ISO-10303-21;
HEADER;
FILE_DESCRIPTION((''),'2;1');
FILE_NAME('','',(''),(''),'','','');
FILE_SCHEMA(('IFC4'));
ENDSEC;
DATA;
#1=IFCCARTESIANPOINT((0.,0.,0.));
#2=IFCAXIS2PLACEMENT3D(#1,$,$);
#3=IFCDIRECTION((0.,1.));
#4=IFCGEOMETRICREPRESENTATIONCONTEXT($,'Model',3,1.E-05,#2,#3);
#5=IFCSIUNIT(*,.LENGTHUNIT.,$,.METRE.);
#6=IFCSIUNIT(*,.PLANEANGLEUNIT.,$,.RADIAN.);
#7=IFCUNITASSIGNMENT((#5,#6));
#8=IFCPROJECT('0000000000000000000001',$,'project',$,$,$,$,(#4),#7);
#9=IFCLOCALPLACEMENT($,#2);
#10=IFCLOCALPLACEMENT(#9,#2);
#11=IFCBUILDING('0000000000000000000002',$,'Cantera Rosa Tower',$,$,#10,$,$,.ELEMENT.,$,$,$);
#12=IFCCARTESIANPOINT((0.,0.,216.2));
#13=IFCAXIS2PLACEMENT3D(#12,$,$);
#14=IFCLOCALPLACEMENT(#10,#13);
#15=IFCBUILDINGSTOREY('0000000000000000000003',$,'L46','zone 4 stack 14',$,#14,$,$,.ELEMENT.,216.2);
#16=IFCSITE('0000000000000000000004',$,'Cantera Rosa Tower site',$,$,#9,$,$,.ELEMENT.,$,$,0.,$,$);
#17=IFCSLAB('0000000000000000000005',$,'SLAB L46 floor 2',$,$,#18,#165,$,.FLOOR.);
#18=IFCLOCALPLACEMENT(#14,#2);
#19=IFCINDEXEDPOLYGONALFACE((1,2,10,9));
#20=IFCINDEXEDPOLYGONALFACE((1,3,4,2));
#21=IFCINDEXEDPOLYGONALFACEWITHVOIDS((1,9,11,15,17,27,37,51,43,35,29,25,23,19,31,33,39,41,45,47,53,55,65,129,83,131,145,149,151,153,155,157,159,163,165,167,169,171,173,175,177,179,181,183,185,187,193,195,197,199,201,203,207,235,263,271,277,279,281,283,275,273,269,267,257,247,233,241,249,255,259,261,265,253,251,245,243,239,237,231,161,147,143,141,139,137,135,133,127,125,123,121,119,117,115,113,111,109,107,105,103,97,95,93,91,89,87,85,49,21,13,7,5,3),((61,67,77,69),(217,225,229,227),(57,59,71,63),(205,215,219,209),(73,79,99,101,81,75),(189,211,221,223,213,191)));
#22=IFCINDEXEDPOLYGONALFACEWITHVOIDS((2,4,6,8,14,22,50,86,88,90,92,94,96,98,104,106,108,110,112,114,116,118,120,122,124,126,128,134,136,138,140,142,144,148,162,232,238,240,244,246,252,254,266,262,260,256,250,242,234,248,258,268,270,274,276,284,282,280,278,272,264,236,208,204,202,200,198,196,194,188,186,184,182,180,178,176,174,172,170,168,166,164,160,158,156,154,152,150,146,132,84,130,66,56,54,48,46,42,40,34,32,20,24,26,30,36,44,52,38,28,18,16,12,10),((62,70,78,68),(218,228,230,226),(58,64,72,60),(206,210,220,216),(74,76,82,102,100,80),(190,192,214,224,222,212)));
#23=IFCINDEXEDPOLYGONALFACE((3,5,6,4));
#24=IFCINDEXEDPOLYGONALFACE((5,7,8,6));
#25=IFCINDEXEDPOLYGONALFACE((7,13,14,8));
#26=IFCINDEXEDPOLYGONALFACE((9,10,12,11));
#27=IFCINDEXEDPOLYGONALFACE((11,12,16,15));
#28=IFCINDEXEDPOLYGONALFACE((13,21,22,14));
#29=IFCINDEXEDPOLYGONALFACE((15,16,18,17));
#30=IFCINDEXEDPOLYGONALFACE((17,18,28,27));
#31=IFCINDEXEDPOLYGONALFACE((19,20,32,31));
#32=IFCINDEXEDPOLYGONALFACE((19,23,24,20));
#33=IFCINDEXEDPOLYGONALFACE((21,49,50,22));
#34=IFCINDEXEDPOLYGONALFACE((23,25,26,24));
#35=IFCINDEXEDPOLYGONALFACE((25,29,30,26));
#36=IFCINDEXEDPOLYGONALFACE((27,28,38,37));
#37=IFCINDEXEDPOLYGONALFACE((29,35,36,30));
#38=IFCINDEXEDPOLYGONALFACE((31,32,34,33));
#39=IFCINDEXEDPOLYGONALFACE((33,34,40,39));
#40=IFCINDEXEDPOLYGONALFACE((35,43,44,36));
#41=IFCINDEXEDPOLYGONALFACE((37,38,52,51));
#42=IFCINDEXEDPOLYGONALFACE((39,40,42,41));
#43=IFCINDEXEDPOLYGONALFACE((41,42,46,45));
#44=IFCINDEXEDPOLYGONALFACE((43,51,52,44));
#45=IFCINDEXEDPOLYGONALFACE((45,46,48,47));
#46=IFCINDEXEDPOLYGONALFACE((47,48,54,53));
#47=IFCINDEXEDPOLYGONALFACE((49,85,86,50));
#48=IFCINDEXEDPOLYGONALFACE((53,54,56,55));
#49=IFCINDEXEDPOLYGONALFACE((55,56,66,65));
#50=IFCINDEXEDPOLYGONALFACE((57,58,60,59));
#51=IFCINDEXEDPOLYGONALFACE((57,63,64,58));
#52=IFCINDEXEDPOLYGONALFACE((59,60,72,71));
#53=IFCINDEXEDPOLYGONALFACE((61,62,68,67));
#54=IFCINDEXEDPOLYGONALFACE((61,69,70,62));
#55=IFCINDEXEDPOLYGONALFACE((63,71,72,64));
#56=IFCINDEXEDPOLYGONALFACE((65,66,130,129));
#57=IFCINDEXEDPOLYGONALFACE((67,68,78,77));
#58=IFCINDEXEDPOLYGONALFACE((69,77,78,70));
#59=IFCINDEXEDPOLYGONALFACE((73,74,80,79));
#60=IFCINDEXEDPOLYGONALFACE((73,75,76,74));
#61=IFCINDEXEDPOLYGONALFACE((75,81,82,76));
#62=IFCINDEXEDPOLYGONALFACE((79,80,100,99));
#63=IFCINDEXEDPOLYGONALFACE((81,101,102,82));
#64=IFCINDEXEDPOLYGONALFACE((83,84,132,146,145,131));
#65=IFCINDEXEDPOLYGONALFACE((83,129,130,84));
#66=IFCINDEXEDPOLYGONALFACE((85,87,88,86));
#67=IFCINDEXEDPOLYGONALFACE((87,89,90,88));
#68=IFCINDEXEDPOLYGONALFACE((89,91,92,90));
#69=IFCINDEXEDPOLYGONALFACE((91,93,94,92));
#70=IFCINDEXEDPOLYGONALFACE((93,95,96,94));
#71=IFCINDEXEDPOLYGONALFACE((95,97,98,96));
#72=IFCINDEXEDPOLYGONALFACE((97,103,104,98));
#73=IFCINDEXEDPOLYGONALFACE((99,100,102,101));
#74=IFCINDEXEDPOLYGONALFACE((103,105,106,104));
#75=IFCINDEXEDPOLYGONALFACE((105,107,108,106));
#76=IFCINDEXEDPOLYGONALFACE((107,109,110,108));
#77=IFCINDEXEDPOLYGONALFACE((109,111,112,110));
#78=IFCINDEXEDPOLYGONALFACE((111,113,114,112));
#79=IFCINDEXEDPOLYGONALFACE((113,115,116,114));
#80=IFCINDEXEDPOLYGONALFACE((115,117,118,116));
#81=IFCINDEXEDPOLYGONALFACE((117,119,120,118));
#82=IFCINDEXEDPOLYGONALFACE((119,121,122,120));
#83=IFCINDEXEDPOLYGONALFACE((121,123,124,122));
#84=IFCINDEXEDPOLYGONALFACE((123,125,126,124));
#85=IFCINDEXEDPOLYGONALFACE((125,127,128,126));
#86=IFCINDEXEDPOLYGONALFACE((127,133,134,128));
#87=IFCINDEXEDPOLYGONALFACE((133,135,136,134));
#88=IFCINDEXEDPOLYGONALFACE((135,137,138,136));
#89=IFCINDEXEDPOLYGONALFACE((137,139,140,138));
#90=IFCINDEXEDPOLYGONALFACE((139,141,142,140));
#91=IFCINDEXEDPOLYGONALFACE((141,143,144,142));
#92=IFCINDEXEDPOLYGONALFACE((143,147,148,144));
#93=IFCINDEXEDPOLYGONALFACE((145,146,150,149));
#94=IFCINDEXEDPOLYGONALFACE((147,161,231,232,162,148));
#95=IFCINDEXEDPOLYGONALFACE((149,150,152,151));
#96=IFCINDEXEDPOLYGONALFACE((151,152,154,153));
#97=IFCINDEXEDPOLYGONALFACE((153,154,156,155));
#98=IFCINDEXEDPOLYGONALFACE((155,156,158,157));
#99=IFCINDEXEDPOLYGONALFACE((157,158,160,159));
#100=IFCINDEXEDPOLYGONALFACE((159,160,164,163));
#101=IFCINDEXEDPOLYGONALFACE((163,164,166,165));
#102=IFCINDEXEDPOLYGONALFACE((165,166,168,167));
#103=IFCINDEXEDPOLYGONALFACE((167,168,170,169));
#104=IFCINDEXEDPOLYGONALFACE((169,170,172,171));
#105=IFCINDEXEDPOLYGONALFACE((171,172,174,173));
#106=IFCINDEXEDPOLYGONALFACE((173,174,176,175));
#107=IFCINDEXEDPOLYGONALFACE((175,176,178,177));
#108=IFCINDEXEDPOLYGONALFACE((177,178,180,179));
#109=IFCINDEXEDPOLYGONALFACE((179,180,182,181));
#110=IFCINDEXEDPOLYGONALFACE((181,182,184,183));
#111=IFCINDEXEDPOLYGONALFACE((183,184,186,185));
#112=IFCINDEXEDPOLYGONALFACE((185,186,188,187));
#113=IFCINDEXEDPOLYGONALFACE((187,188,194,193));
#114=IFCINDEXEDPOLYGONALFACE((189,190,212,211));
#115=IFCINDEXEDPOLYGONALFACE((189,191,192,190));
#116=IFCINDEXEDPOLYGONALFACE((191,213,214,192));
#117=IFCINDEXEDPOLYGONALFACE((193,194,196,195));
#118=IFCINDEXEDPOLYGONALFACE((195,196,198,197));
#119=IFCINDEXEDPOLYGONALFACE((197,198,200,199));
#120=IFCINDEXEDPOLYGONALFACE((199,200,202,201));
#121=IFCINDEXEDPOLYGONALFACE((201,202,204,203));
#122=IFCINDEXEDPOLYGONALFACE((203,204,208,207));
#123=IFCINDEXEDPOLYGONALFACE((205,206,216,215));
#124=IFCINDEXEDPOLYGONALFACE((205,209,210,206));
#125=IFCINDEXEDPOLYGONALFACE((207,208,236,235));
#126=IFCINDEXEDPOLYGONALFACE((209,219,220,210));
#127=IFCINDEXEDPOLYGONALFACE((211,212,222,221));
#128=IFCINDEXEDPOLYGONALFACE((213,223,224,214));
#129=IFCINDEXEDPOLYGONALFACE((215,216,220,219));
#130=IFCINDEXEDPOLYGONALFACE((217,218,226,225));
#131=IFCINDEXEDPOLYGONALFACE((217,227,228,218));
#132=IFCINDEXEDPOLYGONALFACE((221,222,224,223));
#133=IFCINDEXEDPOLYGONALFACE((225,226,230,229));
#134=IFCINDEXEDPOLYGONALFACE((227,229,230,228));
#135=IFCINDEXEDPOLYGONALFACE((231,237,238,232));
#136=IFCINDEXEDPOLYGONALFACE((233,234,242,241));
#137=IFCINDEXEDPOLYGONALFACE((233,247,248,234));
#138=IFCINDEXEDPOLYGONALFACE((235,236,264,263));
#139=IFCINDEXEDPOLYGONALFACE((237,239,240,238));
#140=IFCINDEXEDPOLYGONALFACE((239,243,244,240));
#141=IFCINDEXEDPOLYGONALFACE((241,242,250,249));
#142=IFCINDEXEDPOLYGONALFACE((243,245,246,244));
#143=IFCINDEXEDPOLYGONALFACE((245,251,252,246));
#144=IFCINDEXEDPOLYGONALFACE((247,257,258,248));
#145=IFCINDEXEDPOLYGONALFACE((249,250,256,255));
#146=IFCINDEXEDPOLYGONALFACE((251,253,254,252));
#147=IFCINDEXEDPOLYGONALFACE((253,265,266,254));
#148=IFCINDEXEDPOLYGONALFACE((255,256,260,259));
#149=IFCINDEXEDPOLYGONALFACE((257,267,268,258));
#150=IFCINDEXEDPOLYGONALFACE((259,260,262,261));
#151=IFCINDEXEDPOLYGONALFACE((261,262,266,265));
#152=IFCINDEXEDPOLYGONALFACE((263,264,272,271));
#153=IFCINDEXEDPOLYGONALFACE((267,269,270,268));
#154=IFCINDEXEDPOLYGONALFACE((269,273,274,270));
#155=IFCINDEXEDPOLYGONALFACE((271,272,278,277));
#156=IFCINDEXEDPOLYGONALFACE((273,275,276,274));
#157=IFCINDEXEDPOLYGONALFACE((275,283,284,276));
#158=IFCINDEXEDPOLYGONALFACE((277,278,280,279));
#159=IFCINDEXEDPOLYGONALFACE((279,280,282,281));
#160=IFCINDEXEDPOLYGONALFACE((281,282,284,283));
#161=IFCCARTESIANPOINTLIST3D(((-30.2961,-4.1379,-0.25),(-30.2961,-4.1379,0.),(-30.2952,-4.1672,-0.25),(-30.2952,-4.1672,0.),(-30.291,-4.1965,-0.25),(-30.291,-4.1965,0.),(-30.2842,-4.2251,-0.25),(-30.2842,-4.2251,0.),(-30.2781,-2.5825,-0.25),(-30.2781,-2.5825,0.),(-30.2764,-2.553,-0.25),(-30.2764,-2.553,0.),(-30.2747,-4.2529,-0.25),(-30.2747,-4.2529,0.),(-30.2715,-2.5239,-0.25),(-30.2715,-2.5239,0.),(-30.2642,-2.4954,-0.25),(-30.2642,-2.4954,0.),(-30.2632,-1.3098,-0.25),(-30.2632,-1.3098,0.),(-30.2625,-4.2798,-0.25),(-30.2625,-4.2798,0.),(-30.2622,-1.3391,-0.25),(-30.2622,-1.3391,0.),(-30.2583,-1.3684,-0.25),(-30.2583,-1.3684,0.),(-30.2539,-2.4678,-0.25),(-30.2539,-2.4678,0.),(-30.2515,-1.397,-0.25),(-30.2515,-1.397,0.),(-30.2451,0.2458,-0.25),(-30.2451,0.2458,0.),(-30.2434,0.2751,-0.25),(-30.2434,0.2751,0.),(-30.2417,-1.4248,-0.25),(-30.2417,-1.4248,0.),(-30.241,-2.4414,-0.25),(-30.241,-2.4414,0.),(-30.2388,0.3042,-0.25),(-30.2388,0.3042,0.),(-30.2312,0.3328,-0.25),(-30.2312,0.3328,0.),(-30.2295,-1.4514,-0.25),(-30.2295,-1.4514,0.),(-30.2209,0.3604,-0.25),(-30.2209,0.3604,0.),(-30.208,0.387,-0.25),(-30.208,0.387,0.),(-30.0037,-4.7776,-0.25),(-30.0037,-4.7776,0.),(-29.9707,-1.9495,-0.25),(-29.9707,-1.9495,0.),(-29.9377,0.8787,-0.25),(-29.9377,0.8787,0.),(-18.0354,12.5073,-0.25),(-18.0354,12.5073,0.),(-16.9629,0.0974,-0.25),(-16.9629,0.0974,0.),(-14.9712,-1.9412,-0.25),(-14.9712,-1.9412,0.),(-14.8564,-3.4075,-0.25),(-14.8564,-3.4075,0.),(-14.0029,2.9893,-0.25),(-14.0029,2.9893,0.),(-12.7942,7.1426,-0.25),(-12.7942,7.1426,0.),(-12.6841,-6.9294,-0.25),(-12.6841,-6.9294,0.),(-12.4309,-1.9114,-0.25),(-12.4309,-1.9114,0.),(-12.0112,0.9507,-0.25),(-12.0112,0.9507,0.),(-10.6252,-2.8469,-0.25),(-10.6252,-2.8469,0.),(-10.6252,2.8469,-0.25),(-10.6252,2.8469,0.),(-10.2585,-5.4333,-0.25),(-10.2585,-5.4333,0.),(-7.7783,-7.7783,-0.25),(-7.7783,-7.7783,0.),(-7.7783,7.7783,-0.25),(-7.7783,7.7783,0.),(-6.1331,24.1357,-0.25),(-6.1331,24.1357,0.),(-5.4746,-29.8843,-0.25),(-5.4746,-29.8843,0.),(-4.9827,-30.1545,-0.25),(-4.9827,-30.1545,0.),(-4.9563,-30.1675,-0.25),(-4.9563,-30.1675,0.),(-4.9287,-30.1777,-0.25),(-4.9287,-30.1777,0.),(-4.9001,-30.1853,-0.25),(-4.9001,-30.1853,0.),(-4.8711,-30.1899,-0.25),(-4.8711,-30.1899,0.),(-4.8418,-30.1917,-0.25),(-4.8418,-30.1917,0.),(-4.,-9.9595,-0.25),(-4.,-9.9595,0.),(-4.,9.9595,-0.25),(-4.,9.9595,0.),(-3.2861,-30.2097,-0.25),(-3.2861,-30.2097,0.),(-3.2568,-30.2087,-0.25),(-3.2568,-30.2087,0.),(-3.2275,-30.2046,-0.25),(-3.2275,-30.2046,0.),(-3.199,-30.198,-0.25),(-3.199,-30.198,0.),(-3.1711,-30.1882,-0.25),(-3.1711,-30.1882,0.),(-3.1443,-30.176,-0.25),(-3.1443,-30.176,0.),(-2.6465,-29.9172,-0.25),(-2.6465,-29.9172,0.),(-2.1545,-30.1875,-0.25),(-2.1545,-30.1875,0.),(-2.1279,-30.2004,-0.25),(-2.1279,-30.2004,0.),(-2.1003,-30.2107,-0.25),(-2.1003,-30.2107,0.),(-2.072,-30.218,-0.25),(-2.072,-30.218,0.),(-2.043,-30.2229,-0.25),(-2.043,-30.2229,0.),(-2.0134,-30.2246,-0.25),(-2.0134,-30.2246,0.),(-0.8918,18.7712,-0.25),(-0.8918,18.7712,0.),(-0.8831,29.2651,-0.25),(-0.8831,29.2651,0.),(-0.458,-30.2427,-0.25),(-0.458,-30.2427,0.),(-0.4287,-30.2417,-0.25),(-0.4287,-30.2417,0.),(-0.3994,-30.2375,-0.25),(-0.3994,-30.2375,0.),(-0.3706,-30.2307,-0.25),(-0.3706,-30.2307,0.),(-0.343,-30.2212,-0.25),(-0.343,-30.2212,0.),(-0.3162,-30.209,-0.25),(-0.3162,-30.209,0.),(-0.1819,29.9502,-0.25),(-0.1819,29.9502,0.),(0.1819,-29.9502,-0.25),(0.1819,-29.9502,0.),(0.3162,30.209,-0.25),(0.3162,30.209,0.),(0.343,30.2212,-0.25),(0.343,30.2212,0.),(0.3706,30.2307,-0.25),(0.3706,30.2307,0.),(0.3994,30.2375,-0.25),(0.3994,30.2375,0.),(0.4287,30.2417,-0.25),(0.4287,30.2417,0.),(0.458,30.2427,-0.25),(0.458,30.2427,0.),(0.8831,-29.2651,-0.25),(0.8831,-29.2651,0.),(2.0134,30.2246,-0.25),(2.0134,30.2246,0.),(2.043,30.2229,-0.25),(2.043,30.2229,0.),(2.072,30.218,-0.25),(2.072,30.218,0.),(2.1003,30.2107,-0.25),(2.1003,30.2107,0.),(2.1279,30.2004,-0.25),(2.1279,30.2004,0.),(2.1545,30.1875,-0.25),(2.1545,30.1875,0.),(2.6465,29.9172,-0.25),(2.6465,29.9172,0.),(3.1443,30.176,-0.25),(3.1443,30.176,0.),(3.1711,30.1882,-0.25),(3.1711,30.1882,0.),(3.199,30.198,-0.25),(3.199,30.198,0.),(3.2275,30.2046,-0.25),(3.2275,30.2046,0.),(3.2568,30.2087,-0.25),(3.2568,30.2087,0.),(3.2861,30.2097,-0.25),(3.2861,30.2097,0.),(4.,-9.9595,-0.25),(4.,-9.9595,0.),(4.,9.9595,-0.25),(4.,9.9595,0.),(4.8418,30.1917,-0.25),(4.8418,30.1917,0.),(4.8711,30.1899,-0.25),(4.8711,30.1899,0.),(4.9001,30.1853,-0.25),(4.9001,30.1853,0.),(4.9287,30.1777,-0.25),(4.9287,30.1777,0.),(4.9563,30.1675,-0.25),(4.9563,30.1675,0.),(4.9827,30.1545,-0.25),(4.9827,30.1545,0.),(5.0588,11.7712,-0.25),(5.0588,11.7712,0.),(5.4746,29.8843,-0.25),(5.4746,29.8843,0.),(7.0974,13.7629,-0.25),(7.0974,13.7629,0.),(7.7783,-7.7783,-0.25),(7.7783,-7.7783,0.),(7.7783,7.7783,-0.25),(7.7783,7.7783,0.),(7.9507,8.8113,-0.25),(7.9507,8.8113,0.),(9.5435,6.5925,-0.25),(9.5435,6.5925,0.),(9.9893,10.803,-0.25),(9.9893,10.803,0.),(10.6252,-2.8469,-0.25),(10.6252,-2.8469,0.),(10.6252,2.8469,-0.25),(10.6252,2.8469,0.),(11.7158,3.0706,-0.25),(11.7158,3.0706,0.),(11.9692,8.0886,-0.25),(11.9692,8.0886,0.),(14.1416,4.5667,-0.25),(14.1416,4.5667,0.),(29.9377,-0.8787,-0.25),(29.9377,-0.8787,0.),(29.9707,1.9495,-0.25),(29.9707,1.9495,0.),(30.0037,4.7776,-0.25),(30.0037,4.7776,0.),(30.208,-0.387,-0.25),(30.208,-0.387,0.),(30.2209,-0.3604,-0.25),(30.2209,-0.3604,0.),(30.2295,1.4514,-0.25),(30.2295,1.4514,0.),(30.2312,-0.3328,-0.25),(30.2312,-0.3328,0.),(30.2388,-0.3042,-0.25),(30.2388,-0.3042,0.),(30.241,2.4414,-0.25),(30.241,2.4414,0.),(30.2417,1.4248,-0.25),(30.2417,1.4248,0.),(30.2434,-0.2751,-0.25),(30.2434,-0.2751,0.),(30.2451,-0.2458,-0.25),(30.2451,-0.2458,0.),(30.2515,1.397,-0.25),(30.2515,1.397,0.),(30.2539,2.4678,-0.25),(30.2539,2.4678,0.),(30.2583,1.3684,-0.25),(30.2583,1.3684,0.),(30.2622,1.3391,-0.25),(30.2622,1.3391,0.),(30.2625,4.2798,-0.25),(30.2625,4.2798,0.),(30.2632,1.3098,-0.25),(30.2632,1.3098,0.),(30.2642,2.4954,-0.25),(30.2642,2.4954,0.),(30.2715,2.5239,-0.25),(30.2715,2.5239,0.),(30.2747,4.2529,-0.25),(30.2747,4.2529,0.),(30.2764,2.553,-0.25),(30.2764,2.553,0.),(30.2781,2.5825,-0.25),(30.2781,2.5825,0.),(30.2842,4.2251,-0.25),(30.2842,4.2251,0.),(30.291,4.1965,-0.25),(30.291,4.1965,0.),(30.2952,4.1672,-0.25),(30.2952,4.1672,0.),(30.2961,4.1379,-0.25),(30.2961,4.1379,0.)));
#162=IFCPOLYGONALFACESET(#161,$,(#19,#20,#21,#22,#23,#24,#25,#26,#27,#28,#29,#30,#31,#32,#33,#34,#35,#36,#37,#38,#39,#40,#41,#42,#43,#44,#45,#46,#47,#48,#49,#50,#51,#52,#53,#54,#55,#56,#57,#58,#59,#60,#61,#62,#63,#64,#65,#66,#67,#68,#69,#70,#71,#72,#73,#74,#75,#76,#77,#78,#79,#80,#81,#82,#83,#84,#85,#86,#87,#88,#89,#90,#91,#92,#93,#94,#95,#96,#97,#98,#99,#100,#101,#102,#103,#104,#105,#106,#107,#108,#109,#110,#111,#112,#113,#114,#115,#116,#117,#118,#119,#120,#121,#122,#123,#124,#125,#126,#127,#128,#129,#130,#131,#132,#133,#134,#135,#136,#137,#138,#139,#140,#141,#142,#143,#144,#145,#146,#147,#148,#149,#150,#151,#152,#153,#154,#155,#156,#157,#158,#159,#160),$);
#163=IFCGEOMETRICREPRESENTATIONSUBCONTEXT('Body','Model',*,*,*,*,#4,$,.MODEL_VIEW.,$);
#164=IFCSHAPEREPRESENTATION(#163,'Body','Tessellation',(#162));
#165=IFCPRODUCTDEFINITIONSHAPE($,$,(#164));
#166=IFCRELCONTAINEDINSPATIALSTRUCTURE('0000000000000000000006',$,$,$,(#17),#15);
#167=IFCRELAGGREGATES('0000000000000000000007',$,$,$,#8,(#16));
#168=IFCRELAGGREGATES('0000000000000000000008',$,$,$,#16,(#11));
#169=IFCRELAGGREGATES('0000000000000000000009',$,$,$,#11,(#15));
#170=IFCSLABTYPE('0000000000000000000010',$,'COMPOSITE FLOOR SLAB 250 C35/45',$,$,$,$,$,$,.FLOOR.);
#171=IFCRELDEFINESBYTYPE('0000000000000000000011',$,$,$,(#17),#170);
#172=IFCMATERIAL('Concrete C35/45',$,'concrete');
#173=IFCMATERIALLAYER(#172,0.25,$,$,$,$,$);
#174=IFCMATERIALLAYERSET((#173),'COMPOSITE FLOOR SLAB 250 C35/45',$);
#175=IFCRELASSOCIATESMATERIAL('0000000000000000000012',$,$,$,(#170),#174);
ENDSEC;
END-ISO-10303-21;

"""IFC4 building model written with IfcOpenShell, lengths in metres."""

from ifc_helpers import new_model, si_unit, direction, frame, origin, place, context, subcontext, project, spatial, polyline, outline, extrude, material, layer, layer_set, type_object, element, save


model = new_model("IFC4")

# Units and contexts
model_context = context("Model", 3, precision=1e-05, world=origin(), true_north=direction((0.0, 1.0)))
body_context = subcontext(model_context, "Body", "Model", "MODEL_VIEW")
ifc_project = project(units=[si_unit("LENGTHUNIT", "METRE"), si_unit("PLANEANGLEUNIT", "RADIAN")], contexts=[model_context])

# Site, building, storey
site_placement = place(None, origin())
site = spatial("IfcSite", under=ifc_project, at=site_placement, Name="Cantera Rosa Tower site", CompositionType="ELEMENT", RefElevation=0.0)
building_placement = place(site_placement, origin())
building = spatial("IfcBuilding", under=site, at=building_placement, Name="Cantera Rosa Tower", CompositionType="ELEMENT")
storey_placement = place(building_placement, frame((0.0, 0.0, 216.2)))
storey = spatial("IfcBuildingStorey", under=building, at=storey_placement, Name="L46", Description="zone 4 stack 14", CompositionType="ELEMENT", Elevation=216.2)

# Slab
ifc_material_1 = material(Name="Concrete C35/45", Category="concrete")
ifc_layer_1 = layer(ifc_material_1, 0.25)
ifc_layer_set_1 = layer_set([ifc_layer_1], Name="COMPOSITE FLOOR SLAB 250 C35/45")
slab_type_1 = type_object("IfcSlabType", Name="COMPOSITE FLOOR SLAB 250 C35/45", PredefinedType="FLOOR", material=ifc_layer_set_1)
slab_1_placement = place(storey_placement, frame((0.0, 0.0, -0.25)))
element("IfcSlab", 1, at=slab_1_placement, inside=storey, type_object=slab_type_1, Name="SLAB L46 floor 2", PredefinedType="FLOOR", context=body_context, shape_type="SweptSolid", body=[
    extrude(outline(polyline([(-2.1545, -30.1875), (-2.6465, -29.9172), (-3.1443, -30.176), (-3.1711, -30.1882), (-3.199, -30.198), (-3.2275, -30.2046), (-3.2568, -30.2087), (-3.2861, -30.2097), (-4.8418, -30.1917), (-4.8711, -30.1899), (-4.9001, -30.1853), (-4.9287, -30.1777), (-4.9563, -30.1675), (-4.9827, -30.1545), (-5.4746, -29.8843), (-30.0037, -4.7776), (-30.2625, -4.2798), (-30.2747, -4.2529), (-30.2842, -4.2251), (-30.291, -4.1965), (-30.2952, -4.1672), (-30.2961, -4.1379), (-30.2781, -2.5825), (-30.2764, -2.553), (-30.2715, -2.5239), (-30.2642, -2.4954), (-30.2539, -2.4678), (-30.241, -2.4414), (-29.9707, -1.9495), (-30.2295, -1.4514), (-30.2417, -1.4248), (-30.2515, -1.397), (-30.2583, -1.3684), (-30.2622, -1.3391), (-30.2632, -1.3098), (-30.2451, 0.2458), (-30.2434, 0.2751), (-30.2388, 0.3042), (-30.2312, 0.3328), (-30.2209, 0.3604), (-30.208, 0.387), (-29.9377, 0.8787), (-18.0354, 12.5073), (-12.7942, 7.1426), (-0.8918, 18.7712), (-6.1331, 24.1357), (-0.8831, 29.2651), (-0.1819, 29.9502), (0.3162, 30.209), (0.343, 30.2212), (0.3706, 30.2307), (0.3994, 30.2375), (0.4287, 30.2417), (0.458, 30.2427), (2.0134, 30.2246), (2.043, 30.2229), (2.072, 30.218), (2.1003, 30.2107), (2.1279, 30.2004), (2.1545, 30.1875), (2.6465, 29.9172), (3.1443, 30.176), (3.1711, 30.1882), (3.199, 30.198), (3.2275, 30.2046), (3.2568, 30.2087), (3.2861, 30.2097), (4.8418, 30.1917), (4.8711, 30.1899), (4.9001, 30.1853), (4.9287, 30.1777), (4.9563, 30.1675), (4.9827, 30.1545), (5.4746, 29.8843), (30.0037, 4.7776), (30.2625, 4.2798), (30.2747, 4.2529), (30.2842, 4.2251), (30.291, 4.1965), (30.2952, 4.1672), (30.2961, 4.1379), (30.2781, 2.5825), (30.2764, 2.553), (30.2715, 2.5239), (30.2642, 2.4954), (30.2539, 2.4678), (30.241, 2.4414), (29.9707, 1.9495), (30.2295, 1.4514), (30.2417, 1.4248), (30.2515, 1.397), (30.2583, 1.3684), (30.2622, 1.3391), (30.2632, 1.3098), (30.2451, -0.2458), (30.2434, -0.2751), (30.2388, -0.3042), (30.2312, -0.3328), (30.2209, -0.3604), (30.208, -0.387), (29.9377, -0.8787), (0.8831, -29.2651), (0.1819, -29.9502), (-0.3162, -30.209), (-0.343, -30.2212), (-0.3706, -30.2307), (-0.3994, -30.2375), (-0.4287, -30.2417), (-0.458, -30.2427), (-2.0134, -30.2246), (-2.043, -30.2229), (-2.072, -30.218), (-2.1003, -30.2107), (-2.1279, -30.2004), (-2.1545, -30.1875)]), holes=[polyline([(-14.8564, -3.4075), (-12.6841, -6.9294), (-10.2585, -5.4333), (-12.4309, -1.9114), (-14.8564, -3.4075)]), polyline([(-10.6252, -2.8469), (-7.7783, -7.7783), (-4.0, -9.9595), (-4.0, 9.9595), (-7.7783, 7.7783), (-10.6252, 2.8469), (-10.6252, -2.8469)]), polyline([(-16.9629, 0.0974), (-14.9712, -1.9412), (-12.0112, 0.9507), (-14.0029, 2.9893), (-16.9629, 0.0974)]), polyline([(10.6252, -2.8469), (10.6252, 2.8469), (7.7783, 7.7783), (4.0, 9.9595), (4.0, -9.9595), (7.7783, -7.7783), (10.6252, -2.8469)]), polyline([(11.9692, 8.0886), (9.5435, 6.5925), (11.7158, 3.0706), (14.1416, 4.5667), (11.9692, 8.0886)]), polyline([(7.0974, 13.7629), (5.0588, 11.7712), (7.9507, 8.8113), (9.9893, 10.803), (7.0974, 13.7629)])]), origin(), (0.0, 0.0, 1.0), 0.25),
])

save(model, "model.ifc")
